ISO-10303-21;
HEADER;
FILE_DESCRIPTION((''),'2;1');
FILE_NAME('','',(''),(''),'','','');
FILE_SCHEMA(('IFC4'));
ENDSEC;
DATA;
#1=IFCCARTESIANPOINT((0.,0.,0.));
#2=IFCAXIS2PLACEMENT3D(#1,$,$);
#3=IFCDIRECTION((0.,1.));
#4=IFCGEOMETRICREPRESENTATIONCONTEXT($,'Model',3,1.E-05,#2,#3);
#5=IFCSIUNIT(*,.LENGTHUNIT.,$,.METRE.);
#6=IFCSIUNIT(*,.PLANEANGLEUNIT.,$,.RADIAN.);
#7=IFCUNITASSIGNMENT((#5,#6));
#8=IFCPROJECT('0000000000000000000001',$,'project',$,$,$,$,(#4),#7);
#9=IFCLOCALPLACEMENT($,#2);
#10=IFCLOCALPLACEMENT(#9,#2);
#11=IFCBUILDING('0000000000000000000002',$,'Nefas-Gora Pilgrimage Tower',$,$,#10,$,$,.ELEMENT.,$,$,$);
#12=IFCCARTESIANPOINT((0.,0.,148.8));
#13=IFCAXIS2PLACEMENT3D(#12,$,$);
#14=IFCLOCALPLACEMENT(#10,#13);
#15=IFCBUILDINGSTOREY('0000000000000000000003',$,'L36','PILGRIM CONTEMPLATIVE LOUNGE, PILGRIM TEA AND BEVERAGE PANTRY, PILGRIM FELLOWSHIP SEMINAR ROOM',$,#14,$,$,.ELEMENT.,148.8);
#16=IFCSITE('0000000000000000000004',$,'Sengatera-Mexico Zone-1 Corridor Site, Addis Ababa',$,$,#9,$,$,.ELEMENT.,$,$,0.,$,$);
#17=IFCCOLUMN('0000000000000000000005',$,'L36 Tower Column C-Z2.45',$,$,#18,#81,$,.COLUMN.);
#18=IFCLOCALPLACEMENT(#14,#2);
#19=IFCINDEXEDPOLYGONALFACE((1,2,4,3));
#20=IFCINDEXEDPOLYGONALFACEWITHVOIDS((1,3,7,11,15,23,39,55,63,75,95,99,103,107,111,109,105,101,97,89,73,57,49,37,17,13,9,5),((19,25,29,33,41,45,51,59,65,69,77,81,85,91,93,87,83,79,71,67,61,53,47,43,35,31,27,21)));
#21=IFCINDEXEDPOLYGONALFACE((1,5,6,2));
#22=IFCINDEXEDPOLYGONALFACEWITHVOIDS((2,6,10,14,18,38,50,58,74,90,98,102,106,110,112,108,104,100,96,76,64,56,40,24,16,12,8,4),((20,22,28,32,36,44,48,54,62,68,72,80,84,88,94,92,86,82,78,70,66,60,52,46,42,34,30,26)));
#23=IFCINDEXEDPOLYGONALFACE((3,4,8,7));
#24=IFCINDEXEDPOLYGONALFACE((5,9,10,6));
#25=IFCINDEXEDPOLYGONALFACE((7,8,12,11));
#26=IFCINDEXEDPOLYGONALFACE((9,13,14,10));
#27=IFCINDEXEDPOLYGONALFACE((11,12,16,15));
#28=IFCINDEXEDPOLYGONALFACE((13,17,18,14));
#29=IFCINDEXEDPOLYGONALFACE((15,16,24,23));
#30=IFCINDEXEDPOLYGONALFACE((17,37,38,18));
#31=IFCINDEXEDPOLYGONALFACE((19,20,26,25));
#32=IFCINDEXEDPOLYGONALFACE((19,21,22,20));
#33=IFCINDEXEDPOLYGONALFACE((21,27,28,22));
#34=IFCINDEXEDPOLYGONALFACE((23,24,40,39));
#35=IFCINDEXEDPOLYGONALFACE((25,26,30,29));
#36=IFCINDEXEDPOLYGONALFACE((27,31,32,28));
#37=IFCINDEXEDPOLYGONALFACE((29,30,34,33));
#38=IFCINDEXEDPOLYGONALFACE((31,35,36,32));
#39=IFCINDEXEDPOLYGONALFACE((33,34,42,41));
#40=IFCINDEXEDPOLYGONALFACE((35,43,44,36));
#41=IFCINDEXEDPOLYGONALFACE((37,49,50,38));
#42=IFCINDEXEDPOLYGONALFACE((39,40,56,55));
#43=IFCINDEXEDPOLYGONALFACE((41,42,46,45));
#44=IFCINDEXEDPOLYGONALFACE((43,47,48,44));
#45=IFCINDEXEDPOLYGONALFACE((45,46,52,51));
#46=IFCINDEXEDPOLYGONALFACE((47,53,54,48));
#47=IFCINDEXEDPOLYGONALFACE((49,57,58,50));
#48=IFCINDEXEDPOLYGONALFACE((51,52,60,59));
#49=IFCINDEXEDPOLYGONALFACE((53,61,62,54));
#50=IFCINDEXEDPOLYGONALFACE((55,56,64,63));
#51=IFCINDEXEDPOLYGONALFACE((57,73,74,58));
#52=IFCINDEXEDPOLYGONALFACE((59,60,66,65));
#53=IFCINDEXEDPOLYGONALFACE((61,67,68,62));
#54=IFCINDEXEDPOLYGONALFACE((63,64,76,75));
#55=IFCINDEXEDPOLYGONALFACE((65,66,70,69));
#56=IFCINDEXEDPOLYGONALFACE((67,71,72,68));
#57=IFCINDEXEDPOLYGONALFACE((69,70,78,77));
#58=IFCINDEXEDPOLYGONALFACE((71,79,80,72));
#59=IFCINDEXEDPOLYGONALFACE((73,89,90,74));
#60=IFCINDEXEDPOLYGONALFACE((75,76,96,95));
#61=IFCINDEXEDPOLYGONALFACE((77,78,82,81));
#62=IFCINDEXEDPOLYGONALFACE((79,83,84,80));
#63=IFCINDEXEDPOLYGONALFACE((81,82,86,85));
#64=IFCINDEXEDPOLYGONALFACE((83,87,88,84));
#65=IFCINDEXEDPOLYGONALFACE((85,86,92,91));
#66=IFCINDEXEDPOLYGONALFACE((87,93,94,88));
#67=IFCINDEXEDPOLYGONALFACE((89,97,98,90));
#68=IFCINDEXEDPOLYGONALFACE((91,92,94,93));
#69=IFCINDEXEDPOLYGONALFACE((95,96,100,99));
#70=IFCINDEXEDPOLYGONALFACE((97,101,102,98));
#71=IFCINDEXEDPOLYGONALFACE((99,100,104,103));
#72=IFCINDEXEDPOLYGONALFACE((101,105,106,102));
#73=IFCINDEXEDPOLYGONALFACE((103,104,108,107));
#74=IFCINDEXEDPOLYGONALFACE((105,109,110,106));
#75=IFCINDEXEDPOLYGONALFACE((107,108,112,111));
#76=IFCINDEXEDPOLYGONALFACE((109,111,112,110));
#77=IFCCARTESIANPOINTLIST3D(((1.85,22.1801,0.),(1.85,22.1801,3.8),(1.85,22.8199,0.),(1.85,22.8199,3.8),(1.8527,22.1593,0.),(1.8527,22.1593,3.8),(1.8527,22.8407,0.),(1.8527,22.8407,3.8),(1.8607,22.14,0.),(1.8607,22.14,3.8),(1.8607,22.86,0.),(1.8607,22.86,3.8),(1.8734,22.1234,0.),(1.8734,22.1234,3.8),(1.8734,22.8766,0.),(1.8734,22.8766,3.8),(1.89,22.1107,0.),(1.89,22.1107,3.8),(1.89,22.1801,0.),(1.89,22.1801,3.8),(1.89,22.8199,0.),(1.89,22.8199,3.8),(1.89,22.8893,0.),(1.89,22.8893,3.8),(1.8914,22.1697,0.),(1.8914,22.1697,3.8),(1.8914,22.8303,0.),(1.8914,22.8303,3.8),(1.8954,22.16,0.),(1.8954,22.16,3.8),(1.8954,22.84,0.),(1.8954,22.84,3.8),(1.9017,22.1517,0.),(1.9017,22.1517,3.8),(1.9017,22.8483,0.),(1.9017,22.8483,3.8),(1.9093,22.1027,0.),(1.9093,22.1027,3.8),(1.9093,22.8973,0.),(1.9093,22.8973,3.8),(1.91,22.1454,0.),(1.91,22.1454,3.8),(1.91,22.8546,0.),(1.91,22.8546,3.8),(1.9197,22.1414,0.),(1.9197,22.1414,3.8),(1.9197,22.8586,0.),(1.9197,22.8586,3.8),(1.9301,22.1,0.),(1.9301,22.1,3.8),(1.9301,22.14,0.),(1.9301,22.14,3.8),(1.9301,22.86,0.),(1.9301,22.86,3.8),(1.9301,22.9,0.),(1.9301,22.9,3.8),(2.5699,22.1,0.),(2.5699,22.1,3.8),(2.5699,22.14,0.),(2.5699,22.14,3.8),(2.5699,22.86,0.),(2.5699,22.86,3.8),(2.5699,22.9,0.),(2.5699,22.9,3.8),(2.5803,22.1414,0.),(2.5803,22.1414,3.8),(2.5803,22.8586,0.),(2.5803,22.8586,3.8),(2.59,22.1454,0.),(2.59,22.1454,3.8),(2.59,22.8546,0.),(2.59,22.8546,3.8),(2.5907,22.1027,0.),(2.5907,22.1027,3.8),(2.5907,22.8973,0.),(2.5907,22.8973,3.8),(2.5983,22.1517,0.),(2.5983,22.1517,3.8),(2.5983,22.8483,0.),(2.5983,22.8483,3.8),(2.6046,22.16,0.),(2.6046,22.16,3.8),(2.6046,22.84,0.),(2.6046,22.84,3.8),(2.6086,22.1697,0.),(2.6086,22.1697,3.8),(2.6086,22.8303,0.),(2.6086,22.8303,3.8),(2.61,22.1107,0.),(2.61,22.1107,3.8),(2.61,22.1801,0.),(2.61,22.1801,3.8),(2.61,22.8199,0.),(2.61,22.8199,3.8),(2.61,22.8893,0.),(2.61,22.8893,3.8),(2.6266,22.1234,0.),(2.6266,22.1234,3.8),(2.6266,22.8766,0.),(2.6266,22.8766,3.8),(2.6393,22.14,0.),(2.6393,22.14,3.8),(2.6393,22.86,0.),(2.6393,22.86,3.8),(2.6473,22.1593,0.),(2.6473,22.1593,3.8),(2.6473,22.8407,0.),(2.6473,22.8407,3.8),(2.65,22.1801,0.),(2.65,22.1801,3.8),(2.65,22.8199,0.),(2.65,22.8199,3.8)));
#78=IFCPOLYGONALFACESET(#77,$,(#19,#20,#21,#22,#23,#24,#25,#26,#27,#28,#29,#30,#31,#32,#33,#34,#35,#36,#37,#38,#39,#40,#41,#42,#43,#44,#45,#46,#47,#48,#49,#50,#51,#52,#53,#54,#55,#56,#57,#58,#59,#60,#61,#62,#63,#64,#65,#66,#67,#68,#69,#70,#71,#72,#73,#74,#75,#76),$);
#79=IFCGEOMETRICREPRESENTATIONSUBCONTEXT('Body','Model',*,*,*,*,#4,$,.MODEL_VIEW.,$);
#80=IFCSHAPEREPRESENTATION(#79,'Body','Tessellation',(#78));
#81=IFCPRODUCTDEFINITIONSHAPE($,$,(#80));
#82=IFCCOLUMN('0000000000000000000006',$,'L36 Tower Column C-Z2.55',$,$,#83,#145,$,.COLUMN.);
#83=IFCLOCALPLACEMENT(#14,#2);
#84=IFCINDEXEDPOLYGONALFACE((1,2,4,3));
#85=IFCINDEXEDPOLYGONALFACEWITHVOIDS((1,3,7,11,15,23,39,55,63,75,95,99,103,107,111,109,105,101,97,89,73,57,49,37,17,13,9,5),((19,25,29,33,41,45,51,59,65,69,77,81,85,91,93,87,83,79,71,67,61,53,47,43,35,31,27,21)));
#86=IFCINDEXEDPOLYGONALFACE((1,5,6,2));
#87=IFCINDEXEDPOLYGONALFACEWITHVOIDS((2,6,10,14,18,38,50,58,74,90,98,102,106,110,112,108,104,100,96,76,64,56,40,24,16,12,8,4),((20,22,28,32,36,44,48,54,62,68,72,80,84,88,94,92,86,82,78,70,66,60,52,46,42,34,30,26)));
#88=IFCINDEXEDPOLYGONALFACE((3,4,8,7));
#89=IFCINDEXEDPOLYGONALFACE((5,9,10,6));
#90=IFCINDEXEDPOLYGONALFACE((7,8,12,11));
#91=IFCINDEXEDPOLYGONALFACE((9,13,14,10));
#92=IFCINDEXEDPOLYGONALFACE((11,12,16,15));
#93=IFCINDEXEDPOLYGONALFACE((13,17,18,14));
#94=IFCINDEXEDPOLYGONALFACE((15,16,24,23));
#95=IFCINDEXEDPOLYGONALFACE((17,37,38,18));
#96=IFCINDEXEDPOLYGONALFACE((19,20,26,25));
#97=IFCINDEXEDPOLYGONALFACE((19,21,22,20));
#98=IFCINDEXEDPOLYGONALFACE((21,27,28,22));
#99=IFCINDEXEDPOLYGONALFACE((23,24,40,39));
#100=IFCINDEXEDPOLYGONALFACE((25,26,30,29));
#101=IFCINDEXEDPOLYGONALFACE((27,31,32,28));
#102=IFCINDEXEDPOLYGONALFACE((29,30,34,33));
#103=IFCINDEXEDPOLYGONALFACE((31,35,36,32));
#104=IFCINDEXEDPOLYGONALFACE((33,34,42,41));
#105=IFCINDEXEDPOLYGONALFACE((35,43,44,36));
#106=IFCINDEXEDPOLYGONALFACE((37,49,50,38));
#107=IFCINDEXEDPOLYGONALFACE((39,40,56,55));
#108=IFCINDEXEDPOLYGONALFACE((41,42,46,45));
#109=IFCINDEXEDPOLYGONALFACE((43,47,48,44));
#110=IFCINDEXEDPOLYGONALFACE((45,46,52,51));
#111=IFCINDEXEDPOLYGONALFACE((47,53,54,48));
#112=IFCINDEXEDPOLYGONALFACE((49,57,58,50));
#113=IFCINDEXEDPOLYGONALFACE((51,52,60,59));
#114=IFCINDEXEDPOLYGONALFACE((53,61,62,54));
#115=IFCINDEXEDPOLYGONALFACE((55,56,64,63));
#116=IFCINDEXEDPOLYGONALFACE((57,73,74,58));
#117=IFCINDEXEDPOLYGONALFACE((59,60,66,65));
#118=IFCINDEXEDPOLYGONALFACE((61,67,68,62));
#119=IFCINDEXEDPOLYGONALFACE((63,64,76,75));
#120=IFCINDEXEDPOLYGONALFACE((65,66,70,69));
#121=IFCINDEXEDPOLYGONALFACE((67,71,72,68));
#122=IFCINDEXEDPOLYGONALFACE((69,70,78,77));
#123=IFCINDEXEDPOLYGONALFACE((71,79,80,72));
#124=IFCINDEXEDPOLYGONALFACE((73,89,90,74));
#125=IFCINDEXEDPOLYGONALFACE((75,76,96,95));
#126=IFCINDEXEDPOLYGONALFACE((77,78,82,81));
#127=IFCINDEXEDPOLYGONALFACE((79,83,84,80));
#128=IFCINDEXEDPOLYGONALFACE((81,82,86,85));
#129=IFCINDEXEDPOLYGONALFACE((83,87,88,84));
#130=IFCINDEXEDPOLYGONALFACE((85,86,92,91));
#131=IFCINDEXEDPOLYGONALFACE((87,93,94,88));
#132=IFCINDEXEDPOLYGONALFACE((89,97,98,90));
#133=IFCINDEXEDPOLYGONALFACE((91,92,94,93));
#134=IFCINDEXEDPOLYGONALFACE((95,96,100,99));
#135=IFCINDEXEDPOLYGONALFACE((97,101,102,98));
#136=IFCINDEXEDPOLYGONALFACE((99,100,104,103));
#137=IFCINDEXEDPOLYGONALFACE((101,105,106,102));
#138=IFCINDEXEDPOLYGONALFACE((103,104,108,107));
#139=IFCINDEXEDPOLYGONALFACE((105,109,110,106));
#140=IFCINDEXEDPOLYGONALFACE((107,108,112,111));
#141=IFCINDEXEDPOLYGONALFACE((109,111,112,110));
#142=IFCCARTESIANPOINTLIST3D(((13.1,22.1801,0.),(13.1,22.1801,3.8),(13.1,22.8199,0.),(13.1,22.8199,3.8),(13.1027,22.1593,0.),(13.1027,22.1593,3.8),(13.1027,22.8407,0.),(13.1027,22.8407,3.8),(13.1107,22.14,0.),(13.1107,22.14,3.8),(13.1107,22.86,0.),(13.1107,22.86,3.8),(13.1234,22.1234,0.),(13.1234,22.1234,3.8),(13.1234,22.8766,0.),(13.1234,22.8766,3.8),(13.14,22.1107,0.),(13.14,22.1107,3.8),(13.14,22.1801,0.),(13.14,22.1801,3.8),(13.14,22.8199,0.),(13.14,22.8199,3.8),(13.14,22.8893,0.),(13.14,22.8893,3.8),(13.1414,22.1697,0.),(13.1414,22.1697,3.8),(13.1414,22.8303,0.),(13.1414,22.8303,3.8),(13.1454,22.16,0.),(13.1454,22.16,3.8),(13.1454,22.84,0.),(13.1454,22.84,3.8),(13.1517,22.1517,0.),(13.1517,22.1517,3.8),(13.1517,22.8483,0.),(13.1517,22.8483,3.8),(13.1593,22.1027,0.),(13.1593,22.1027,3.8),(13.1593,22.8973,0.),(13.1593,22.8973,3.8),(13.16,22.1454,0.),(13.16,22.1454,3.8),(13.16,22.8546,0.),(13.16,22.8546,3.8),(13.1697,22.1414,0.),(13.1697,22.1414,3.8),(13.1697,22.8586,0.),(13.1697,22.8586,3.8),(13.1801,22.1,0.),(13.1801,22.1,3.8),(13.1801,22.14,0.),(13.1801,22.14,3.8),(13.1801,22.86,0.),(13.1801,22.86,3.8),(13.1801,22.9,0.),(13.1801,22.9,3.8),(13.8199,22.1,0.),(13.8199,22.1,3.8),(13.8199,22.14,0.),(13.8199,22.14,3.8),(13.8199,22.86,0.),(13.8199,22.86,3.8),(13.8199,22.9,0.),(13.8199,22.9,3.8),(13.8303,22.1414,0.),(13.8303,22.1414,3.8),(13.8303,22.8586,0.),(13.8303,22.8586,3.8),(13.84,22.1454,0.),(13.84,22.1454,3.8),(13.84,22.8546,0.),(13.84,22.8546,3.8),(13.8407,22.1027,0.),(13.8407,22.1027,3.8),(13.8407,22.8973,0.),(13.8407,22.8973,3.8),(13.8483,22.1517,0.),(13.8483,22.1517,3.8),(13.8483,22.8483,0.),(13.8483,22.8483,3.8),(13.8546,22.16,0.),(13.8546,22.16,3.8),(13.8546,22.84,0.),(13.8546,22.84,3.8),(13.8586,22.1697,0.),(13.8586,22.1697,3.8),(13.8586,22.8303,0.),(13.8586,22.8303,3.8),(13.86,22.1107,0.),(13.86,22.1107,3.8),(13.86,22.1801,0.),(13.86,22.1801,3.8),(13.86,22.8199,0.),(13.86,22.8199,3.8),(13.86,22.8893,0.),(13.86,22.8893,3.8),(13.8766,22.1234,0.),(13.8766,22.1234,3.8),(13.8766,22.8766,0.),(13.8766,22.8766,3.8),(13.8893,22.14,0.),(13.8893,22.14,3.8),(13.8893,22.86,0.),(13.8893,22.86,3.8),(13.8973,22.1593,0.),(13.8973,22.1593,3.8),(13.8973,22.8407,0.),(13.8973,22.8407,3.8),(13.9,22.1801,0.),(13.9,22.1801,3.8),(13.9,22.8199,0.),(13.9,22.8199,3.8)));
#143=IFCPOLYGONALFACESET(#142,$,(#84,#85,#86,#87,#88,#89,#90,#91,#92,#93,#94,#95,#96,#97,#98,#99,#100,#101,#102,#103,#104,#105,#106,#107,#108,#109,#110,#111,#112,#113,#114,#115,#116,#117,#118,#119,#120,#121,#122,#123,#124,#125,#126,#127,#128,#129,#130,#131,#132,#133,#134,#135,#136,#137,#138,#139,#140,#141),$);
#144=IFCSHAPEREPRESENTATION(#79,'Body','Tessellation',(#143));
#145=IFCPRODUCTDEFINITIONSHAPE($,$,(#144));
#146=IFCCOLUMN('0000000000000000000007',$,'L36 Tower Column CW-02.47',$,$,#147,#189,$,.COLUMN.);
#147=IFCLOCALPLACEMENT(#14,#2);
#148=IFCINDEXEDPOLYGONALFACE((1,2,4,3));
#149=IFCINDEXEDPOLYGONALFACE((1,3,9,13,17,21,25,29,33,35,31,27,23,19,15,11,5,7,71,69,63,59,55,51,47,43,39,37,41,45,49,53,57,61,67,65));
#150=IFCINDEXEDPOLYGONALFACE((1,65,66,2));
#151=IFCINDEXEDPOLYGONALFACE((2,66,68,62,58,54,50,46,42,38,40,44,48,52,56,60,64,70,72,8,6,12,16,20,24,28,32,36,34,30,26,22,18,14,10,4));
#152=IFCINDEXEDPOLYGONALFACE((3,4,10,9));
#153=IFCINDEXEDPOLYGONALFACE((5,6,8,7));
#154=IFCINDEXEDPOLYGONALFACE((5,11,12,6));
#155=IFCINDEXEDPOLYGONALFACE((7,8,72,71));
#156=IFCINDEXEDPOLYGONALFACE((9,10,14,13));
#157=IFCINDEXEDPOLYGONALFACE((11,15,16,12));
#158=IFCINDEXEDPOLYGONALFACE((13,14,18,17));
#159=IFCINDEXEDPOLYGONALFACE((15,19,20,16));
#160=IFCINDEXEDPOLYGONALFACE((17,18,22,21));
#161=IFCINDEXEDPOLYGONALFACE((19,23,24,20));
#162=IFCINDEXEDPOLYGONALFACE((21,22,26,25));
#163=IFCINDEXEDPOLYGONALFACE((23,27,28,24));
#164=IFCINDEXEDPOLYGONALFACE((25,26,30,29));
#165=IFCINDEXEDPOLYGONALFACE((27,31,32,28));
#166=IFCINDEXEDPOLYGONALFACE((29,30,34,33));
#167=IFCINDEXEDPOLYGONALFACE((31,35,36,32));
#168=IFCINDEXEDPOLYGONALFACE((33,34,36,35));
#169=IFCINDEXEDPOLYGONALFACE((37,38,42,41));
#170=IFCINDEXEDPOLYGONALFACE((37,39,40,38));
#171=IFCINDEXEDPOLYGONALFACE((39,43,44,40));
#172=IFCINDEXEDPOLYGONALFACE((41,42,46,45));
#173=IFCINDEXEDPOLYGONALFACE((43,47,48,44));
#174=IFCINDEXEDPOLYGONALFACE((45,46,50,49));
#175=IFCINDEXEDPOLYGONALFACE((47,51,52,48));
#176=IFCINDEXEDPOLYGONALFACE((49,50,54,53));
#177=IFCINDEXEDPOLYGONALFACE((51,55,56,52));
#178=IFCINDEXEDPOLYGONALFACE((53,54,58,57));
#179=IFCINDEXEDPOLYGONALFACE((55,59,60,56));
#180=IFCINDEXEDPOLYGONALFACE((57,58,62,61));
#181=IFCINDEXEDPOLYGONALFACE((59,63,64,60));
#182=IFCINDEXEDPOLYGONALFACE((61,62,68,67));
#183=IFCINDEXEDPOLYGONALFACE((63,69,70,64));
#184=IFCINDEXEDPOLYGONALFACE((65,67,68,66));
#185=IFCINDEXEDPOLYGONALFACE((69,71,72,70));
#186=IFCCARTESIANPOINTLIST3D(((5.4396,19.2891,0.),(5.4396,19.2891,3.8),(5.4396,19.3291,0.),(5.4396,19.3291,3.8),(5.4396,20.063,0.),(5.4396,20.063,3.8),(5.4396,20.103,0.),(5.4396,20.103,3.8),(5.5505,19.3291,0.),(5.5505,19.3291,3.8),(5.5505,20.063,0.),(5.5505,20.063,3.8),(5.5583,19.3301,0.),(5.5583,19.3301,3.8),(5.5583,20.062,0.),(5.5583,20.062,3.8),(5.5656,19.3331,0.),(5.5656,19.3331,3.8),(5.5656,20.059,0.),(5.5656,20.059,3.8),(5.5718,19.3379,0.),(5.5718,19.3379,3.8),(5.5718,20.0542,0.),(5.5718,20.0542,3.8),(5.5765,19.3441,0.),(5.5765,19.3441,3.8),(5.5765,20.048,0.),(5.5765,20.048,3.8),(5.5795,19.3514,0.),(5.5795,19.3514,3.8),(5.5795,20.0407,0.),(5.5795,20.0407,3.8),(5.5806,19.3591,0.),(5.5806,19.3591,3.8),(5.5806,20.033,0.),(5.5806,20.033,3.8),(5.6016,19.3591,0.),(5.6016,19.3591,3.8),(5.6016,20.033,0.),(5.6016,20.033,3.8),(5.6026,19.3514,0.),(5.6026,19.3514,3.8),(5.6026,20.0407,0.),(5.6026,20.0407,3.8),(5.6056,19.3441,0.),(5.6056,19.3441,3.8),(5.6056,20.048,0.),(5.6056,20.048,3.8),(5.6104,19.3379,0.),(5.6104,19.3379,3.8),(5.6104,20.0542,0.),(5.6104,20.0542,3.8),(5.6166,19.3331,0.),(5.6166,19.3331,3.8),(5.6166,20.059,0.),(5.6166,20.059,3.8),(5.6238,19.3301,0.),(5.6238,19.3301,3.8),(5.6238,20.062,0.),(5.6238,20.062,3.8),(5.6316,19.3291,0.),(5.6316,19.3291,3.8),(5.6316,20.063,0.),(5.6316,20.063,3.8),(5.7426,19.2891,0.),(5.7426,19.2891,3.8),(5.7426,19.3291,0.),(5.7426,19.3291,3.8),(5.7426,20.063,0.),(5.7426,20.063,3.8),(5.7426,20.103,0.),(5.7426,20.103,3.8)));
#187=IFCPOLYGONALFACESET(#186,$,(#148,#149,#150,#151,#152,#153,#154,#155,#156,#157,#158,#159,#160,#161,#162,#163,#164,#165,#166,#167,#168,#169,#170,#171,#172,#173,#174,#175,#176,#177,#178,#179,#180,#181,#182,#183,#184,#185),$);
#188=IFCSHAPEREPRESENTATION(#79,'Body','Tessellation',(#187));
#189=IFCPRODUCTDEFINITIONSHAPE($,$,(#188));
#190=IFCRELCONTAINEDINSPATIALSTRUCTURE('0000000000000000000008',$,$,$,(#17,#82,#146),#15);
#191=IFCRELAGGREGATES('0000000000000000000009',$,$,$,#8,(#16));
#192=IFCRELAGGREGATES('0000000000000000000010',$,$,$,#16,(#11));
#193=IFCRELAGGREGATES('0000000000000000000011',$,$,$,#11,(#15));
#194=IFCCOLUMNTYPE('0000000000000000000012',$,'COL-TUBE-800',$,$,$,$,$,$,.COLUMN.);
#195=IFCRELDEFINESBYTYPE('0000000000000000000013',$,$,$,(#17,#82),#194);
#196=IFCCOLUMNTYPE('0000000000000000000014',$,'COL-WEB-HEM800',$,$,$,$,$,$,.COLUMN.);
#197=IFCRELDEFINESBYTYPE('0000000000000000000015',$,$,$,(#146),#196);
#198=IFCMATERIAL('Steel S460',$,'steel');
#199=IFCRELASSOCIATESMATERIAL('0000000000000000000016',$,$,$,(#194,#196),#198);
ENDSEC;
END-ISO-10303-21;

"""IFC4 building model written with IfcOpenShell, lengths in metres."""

from ifc_helpers import new_model, si_unit, direction, frame, origin, origin_2d, place, context, subcontext, project, spatial, hollow_rectangle, i_section, extrude, source, transform, mapped, material, material_profile, profile_set, type_object, element, save


model = new_model("IFC4")

# Units and contexts
model_context = context("Model", 3, precision=1e-05, world=origin(), true_north=direction((0.0, 1.0)))
body_context = subcontext(model_context, "Body", "Model", "MODEL_VIEW")
ifc_project = project(units=[si_unit("LENGTHUNIT", "METRE"), si_unit("PLANEANGLEUNIT", "RADIAN")], contexts=[model_context])

# Site, building, storey
site_placement = place(None, origin())
site = spatial("IfcSite", under=ifc_project, at=site_placement, Name="Sengatera-Mexico Zone-1 Corridor Site, Addis Ababa", CompositionType="ELEMENT", RefElevation=0.0)
building_placement = place(site_placement, origin())
building = spatial("IfcBuilding", under=site, at=building_placement, Name="Nefas-Gora Pilgrimage Tower", CompositionType="ELEMENT")
storey_placement = place(building_placement, frame((0.0, 0.0, 148.8)))
storey = spatial("IfcBuildingStorey", under=building, at=storey_placement, Name="L36", Description="PILGRIM CONTEMPLATIVE LOUNGE, PILGRIM TEA AND BEVERAGE PANTRY, PILGRIM FELLOWSHIP SEMINAR ROOM", CompositionType="ELEMENT", Elevation=148.8)

# Columns
ifc_material_1 = material(Name="Steel S460", Category="steel")
ifc_material_profile_1 = material_profile(ifc_material_1, hollow_rectangle(XDim=0.8, YDim=0.8, WallThickness=0.04, InnerFilletRadius=0.04, OuterFilletRadius=0.0801, at=origin_2d()), Name="BOX 800x800x40")
ifc_profile_set_1 = profile_set([ifc_material_profile_1], Name="Steel S460")
column_type_1 = type_object("IfcColumnType", Name="COL-TUBE-800", PredefinedType="COLUMN", material=ifc_profile_set_1)
shared_shape_1 = source(origin(), body_context, "Body", "SweptSolid", [
    extrude(hollow_rectangle(XDim=0.8, YDim=0.8, WallThickness=0.04, InnerFilletRadius=0.04, OuterFilletRadius=0.0801, at=origin_2d()), origin(), (0.0, 0.0, 1.0), 3.8),
])
for number, where, z_axis, x_axis, name in (
    (1, (2.25, 22.5, 0.0), (0.0, 0.0, 1.0), (1.0, 0.0, 0.0), "L36 Tower Column C-Z2.45"),
    (2, (13.5, 22.5, 0.0), (0.0, 0.0, 1.0), (1.0, 0.0, 0.0), "L36 Tower Column C-Z2.55"),
):
    element("IfcColumn", number, at=place(storey_placement, frame(where, z_axis=z_axis, x_axis=x_axis)), inside=storey, type_object=column_type_1, Name=name, PredefinedType="COLUMN", context=body_context, shape_type="MappedRepresentation", body=[
        mapped(shared_shape_1, transform((0.0, 0.0, 0.0), x_axis=(1.0, 0.0, 0.0), y_axis=(0.0, 1.0, 0.0), z_axis=(0.0, 0.0, 1.0), scale=1.0)),
    ])
ifc_material_profile_2 = material_profile(ifc_material_1, i_section(OverallWidth=0.303, OverallDepth=0.814, WebThickness=0.021, FlangeThickness=0.04, FilletRadius=0.03, at=origin_2d()), Name="HEM 800")
ifc_profile_set_2 = profile_set([ifc_material_profile_2], Name="Steel S460")
column_type_2 = type_object("IfcColumnType", Name="COL-WEB-HEM800", PredefinedType="COLUMN", material=ifc_profile_set_2)
shared_shape_2 = source(origin(), body_context, "Body", "SweptSolid", [
    extrude(i_section(OverallWidth=0.303, OverallDepth=0.814, WebThickness=0.021, FlangeThickness=0.04, FilletRadius=0.03, at=origin_2d()), origin(), (0.0, 0.0, 1.0), 3.8),
])
column_placement = place(storey_placement, frame((5.5911, 19.696, 0.0), z_axis=(0.0, 0.0, 1.0), x_axis=(1.0, 0.0, 0.0)))
element("IfcColumn", 3, at=column_placement, inside=storey, type_object=column_type_2, Name="L36 Tower Column CW-02.47", PredefinedType="COLUMN", context=body_context, shape_type="MappedRepresentation", body=[
    mapped(shared_shape_2, transform((0.0, 0.0, 0.0), x_axis=(1.0, 0.0, 0.0), y_axis=(0.0, 1.0, 0.0), z_axis=(0.0, 0.0, 1.0), scale=1.0)),
])

save(model, "model.ifc")
